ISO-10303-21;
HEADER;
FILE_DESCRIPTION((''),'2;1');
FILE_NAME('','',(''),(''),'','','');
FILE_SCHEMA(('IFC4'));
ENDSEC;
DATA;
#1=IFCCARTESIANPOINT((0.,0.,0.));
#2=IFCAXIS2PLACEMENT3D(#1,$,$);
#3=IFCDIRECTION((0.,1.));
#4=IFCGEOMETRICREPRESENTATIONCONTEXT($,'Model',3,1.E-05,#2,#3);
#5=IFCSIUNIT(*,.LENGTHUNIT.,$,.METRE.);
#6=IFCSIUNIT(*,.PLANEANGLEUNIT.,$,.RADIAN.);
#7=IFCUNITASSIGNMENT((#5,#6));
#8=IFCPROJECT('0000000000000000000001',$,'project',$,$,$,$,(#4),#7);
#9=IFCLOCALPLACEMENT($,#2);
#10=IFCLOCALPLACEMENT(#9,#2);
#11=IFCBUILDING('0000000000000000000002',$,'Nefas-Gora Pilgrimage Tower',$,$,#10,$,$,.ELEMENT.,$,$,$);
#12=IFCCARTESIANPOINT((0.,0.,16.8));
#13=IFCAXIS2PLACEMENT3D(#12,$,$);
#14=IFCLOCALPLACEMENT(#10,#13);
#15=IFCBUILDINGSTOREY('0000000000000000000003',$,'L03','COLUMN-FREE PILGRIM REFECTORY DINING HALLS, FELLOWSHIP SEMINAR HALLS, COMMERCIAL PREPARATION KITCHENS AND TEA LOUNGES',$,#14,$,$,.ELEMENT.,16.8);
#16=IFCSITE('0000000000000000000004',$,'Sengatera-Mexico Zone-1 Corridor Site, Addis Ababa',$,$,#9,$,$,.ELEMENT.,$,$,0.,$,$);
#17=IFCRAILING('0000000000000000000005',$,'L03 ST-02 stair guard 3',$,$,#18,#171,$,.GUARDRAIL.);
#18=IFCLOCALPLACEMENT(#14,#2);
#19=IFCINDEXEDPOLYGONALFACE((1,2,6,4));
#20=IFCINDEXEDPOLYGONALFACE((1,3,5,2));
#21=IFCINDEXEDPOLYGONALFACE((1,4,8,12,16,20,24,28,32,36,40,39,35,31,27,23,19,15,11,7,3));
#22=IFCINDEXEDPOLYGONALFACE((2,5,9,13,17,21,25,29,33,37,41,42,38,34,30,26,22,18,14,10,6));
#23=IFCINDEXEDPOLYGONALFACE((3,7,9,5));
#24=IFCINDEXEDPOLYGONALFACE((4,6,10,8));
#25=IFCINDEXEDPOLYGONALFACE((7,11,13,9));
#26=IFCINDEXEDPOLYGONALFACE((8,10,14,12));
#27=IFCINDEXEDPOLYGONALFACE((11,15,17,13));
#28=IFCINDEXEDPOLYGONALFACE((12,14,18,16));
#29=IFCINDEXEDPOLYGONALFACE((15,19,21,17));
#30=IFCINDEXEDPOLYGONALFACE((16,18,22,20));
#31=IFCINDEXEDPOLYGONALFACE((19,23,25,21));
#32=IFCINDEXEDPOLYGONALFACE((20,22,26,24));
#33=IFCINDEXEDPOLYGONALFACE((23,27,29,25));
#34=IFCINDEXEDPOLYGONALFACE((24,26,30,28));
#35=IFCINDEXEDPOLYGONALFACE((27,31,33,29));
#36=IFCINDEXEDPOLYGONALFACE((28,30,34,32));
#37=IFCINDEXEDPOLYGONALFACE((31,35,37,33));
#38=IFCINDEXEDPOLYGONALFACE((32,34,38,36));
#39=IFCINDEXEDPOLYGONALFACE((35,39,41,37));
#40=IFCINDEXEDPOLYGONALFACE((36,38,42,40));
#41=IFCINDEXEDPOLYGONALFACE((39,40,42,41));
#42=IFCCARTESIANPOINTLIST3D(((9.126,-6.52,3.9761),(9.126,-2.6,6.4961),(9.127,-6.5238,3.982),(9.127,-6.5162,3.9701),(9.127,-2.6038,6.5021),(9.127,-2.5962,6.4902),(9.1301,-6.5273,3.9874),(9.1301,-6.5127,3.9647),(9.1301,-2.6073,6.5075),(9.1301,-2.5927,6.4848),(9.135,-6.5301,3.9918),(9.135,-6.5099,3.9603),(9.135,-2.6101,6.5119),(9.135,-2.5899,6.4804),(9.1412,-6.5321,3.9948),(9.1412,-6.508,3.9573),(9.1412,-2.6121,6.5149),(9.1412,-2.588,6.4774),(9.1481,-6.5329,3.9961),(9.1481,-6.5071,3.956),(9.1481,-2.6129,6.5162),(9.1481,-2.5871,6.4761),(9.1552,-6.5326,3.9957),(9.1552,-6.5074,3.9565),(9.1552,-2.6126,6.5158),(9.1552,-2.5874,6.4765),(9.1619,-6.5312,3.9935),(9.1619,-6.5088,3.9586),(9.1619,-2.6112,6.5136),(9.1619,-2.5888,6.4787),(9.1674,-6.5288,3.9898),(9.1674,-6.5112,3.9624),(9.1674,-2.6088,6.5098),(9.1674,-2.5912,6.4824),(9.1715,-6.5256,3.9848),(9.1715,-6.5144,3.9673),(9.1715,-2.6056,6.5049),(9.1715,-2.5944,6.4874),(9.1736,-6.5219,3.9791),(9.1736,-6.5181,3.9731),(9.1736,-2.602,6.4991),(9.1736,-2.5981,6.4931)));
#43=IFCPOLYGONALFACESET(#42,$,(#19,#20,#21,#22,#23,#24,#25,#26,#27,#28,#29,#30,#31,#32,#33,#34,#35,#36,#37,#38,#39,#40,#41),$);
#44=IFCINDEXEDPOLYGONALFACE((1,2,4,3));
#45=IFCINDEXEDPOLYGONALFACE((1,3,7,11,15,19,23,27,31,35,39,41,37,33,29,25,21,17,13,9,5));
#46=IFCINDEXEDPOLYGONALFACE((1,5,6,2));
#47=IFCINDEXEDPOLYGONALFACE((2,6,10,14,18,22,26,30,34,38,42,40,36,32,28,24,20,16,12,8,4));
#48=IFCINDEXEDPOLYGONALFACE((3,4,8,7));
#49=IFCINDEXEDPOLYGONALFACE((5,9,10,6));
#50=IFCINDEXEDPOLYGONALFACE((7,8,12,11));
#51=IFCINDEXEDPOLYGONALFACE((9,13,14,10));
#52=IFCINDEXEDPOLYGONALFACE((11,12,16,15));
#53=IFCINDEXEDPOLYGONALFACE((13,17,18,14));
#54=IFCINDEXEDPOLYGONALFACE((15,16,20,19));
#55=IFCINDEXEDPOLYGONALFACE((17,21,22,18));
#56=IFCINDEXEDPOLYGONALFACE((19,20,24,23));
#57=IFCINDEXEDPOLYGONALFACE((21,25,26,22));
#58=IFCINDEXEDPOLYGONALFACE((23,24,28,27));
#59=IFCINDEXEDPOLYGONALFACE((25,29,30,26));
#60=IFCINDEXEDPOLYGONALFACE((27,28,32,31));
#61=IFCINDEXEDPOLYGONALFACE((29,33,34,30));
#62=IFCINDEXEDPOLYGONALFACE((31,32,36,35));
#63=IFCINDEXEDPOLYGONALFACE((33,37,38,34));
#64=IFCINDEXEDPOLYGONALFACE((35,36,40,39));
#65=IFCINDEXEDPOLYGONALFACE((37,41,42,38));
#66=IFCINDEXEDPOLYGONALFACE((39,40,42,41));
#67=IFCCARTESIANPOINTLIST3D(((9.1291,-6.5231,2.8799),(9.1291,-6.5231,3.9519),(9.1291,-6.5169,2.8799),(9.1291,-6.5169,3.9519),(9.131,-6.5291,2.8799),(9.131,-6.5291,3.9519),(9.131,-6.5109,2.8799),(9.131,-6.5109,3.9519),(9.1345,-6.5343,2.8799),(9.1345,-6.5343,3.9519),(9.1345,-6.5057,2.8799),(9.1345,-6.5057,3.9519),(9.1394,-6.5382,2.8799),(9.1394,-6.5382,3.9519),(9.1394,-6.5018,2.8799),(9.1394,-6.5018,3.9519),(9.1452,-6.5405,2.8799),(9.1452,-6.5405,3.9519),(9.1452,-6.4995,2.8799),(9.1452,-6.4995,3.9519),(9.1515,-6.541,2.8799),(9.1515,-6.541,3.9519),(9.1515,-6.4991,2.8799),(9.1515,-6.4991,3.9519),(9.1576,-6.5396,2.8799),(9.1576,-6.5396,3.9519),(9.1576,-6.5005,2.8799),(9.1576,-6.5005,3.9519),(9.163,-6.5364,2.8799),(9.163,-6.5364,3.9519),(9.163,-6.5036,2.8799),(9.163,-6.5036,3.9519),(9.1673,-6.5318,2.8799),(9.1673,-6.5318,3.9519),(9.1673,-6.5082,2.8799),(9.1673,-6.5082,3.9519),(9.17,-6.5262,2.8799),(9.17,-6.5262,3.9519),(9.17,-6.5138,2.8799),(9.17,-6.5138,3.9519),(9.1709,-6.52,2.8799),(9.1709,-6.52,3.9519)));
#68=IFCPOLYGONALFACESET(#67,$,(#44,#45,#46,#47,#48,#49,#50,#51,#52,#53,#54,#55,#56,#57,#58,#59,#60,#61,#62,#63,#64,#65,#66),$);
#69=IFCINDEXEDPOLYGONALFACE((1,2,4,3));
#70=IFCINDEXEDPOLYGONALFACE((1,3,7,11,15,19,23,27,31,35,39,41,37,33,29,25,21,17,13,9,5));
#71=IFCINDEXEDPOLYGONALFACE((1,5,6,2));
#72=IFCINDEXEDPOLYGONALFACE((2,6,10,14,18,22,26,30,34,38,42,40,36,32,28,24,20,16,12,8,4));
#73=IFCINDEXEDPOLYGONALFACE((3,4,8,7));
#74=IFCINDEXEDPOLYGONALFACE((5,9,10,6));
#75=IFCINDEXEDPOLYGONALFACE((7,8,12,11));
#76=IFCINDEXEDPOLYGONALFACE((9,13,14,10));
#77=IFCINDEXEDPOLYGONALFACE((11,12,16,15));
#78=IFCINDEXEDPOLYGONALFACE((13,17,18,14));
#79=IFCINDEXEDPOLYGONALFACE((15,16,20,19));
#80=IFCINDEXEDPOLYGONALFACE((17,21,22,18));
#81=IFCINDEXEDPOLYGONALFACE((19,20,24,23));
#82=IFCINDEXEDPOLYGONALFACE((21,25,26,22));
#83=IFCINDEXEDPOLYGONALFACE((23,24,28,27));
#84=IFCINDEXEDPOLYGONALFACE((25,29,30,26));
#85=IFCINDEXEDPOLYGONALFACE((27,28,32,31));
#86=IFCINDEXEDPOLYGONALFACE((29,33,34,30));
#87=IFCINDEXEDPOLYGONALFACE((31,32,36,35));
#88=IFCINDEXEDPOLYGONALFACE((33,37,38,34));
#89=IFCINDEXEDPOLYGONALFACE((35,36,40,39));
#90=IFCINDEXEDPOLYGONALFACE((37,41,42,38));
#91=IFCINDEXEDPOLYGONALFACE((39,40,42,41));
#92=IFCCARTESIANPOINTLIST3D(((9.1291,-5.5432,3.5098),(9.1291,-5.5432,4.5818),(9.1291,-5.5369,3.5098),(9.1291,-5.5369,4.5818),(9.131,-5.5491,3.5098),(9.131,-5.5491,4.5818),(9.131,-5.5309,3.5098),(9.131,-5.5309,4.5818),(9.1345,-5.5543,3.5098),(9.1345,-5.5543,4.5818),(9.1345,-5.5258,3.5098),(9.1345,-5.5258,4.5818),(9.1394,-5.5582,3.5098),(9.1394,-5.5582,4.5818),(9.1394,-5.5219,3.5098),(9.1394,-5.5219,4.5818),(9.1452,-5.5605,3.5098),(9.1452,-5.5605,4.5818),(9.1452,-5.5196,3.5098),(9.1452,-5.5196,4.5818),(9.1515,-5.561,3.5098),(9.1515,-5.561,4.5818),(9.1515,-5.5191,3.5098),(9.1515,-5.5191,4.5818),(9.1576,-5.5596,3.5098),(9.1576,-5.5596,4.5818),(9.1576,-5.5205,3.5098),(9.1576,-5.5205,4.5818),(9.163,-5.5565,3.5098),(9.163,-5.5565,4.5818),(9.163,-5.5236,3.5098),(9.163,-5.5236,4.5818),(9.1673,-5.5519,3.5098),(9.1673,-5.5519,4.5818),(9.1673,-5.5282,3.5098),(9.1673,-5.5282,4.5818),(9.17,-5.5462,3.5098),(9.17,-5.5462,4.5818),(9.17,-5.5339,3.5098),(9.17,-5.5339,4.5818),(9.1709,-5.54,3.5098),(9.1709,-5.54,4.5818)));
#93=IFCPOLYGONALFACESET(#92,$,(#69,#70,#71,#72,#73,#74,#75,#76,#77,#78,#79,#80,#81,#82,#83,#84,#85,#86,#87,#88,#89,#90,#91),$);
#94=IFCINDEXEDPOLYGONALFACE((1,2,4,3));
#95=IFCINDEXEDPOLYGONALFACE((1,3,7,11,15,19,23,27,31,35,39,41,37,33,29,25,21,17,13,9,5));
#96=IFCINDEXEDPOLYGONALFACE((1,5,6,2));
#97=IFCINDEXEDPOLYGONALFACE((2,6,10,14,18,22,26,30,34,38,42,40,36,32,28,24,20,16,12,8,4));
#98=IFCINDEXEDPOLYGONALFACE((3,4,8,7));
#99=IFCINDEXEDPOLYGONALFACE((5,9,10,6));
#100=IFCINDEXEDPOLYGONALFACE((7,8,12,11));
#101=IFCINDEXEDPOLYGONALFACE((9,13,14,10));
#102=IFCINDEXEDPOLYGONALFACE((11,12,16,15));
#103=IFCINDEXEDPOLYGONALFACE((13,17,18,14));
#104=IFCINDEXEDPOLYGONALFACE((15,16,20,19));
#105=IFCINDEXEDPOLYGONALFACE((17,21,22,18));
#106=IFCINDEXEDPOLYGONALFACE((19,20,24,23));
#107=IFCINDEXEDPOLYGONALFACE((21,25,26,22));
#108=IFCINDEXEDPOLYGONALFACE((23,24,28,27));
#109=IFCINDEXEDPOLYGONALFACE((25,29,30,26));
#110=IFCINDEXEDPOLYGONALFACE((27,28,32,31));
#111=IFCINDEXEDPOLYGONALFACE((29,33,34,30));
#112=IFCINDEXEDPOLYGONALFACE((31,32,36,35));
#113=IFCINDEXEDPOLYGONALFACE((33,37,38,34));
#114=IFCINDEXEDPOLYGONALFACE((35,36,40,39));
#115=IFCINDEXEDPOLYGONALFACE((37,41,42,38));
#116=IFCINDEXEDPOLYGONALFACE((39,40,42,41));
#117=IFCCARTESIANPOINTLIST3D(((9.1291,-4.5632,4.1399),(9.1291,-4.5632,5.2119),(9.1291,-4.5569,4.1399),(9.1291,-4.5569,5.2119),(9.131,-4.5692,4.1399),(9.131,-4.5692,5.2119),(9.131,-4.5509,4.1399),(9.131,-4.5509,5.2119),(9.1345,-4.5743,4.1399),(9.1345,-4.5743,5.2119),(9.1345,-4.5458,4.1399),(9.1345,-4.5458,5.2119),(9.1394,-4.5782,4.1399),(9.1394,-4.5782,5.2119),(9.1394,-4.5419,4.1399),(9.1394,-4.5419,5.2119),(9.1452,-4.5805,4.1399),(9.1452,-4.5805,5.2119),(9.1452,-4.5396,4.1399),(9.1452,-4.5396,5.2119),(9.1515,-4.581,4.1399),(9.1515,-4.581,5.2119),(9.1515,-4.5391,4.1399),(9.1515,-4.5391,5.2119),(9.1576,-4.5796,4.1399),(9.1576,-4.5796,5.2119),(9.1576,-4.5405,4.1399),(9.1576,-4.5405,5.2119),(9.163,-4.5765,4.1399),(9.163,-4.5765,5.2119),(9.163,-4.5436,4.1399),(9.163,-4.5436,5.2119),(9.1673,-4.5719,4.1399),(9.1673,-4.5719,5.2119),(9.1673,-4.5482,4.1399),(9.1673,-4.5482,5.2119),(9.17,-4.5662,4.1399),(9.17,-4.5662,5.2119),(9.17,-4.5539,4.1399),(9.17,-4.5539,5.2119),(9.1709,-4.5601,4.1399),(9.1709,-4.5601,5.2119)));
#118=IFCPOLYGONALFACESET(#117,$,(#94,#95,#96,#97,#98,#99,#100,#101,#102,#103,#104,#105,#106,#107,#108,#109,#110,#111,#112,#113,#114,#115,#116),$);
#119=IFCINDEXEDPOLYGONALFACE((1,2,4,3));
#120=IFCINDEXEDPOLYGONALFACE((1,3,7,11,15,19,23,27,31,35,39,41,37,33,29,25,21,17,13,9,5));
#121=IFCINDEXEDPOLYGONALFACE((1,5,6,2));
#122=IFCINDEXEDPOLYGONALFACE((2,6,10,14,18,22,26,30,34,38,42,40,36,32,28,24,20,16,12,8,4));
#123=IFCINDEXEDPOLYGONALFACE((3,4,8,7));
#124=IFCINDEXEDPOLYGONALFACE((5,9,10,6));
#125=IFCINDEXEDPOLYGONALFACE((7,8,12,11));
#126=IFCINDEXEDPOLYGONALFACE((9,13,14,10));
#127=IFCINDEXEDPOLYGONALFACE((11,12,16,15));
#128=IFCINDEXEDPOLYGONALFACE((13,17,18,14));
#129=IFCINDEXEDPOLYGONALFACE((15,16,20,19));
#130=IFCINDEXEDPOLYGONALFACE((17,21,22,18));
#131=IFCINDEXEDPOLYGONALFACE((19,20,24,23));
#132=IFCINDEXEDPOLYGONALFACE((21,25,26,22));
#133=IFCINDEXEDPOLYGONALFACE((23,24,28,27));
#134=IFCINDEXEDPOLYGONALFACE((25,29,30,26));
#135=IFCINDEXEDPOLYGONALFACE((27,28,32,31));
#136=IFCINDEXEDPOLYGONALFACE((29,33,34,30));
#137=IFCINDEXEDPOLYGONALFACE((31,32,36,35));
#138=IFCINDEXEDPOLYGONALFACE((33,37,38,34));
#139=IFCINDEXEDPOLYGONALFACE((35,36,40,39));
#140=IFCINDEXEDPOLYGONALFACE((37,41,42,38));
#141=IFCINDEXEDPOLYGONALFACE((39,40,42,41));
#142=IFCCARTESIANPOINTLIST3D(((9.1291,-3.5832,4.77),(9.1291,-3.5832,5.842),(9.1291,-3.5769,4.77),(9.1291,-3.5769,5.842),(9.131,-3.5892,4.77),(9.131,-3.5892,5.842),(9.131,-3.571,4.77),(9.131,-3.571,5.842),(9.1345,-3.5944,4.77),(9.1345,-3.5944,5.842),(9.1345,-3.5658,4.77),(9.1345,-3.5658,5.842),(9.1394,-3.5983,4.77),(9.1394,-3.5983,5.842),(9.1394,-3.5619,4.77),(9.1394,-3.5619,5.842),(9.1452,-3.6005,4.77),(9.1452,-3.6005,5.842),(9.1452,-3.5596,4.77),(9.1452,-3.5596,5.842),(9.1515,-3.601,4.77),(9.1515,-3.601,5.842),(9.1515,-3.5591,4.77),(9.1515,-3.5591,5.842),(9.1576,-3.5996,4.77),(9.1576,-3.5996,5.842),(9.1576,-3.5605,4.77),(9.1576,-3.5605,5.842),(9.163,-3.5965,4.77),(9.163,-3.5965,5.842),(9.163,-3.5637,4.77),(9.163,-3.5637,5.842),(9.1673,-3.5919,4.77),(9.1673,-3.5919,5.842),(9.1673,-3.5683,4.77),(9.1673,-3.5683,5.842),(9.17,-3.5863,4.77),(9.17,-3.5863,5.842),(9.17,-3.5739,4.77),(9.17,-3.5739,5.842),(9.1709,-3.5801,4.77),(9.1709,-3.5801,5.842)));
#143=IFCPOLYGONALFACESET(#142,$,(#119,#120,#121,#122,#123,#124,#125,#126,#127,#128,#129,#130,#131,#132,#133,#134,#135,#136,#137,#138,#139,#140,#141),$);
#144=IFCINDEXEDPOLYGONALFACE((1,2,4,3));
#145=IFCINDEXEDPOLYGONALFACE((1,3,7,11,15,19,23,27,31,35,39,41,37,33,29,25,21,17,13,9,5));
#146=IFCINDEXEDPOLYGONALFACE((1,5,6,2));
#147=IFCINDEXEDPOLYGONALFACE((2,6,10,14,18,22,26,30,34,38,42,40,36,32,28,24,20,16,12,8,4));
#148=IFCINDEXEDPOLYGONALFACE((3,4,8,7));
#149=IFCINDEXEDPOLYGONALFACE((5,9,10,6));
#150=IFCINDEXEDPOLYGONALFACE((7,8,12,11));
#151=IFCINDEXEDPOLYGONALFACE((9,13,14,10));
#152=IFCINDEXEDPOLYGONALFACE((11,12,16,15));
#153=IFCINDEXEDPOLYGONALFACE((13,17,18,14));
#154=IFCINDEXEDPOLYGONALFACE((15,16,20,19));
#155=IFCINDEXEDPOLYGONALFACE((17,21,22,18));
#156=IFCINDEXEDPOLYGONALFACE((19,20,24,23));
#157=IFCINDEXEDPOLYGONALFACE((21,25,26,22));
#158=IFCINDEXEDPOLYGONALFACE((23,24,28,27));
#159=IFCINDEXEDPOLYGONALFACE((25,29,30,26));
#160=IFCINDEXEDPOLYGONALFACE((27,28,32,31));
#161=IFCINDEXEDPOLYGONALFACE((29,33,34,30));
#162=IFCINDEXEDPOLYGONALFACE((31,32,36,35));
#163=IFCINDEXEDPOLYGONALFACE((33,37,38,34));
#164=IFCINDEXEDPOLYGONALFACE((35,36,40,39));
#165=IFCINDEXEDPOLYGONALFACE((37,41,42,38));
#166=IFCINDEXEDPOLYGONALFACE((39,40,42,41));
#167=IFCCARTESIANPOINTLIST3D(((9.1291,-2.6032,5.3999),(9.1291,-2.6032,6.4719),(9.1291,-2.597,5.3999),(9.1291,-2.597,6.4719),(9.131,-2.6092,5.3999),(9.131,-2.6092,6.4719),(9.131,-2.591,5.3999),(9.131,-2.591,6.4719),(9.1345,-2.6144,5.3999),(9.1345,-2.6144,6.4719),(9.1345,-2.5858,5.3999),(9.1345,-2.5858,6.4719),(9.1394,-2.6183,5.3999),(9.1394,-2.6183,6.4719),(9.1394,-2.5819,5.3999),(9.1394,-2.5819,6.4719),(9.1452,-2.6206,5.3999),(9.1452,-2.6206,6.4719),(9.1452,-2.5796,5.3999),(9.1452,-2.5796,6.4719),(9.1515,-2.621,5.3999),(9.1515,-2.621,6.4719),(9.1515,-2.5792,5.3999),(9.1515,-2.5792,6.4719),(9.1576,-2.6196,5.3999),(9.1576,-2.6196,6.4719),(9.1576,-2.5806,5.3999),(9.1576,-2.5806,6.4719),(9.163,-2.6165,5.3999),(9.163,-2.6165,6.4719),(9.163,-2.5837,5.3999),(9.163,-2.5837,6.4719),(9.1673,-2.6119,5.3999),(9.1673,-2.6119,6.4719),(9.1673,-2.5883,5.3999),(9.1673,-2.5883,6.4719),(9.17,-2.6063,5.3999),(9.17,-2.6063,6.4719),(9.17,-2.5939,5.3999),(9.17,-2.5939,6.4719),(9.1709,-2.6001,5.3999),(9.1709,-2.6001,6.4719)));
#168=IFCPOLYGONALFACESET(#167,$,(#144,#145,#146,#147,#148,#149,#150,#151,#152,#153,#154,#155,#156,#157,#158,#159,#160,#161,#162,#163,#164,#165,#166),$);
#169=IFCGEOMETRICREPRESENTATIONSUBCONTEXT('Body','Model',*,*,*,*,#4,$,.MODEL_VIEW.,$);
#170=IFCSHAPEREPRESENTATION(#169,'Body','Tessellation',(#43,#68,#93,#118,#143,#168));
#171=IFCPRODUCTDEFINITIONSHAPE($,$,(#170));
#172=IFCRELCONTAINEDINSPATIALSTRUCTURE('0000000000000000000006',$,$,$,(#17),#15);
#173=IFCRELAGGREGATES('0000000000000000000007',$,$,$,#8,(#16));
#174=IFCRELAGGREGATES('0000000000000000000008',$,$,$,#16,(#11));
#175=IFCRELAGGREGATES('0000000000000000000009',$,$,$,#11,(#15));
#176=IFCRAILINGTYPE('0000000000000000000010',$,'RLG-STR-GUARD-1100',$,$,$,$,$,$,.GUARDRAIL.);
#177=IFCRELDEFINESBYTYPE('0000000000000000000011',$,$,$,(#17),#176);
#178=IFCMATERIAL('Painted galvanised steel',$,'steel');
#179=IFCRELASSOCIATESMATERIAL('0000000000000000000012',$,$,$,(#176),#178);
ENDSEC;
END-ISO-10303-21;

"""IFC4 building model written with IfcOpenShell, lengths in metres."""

from ifc_helpers import new_model, si_unit, direction, frame, origin, origin_2d, place, context, subcontext, project, spatial, circle, extrude, material, type_object, element, save


model = new_model("IFC4")

# Units and contexts
model_context = context("Model", 3, precision=1e-05, world=origin(), true_north=direction((0.0, 1.0)))
body_context = subcontext(model_context, "Body", "Model", "MODEL_VIEW")
ifc_project = project(units=[si_unit("LENGTHUNIT", "METRE"), si_unit("PLANEANGLEUNIT", "RADIAN")], contexts=[model_context])

# Site, building, storey
site_placement = place(None, origin())
site = spatial("IfcSite", under=ifc_project, at=site_placement, Name="Sengatera-Mexico Zone-1 Corridor Site, Addis Ababa", CompositionType="ELEMENT", RefElevation=0.0)
building_placement = place(site_placement, origin())
building = spatial("IfcBuilding", under=site, at=building_placement, Name="Nefas-Gora Pilgrimage Tower", CompositionType="ELEMENT")
storey_placement = place(building_placement, frame((0.0, 0.0, 16.8)))
storey = spatial("IfcBuildingStorey", under=building, at=storey_placement, Name="L03", Description="COLUMN-FREE PILGRIM REFECTORY DINING HALLS, FELLOWSHIP SEMINAR HALLS, COMMERCIAL PREPARATION KITCHENS AND TEA LOUNGES", CompositionType="ELEMENT", Elevation=16.8)

# Railing
ifc_material_1 = material(Name="Painted galvanised steel", Category="steel")
railing_type_1 = type_object("IfcRailingType", Name="RLG-STR-GUARD-1100", PredefinedType="GUARDRAIL", material=ifc_material_1)
railing_1_placement = place(storey_placement, frame((9.1499, -6.52, 2.8799)))
element("IfcRailing", 1, at=railing_1_placement, inside=storey, type_object=railing_type_1, Name="L03 ST-02 stair guard 3", PredefinedType="GUARDRAIL", context=body_context, shape_type="SweptSolid", body=[
    extrude(circle(Radius=0.0239, at=origin_2d()), frame((0.0, 0.0, 1.0962), z_axis=(0.0, 0.841172, 0.540768), x_axis=(-1.0, 0.0, 0.0)), (0.0, 0.0, 1.0), 4.6602),
    extrude(circle(Radius=0.021, at=origin_2d()), origin(), (0.0, 0.0, 1.0), 1.072),
    extrude(circle(Radius=0.021, at=origin_2d()), frame((0.0, 0.98, 0.6299)), (0.0, 0.0, 1.0), 1.072),
    extrude(circle(Radius=0.021, at=origin_2d()), frame((0.0, 1.96, 1.26)), (0.0, 0.0, 1.0), 1.072),
    extrude(circle(Radius=0.021, at=origin_2d()), frame((0.0, 2.9399, 1.8901)), (0.0, 0.0, 1.0), 1.072),
    extrude(circle(Radius=0.021, at=origin_2d()), frame((0.0, 3.9199, 2.52)), (0.0, 0.0, 1.0), 1.072),
])

save(model, "model.ifc")
